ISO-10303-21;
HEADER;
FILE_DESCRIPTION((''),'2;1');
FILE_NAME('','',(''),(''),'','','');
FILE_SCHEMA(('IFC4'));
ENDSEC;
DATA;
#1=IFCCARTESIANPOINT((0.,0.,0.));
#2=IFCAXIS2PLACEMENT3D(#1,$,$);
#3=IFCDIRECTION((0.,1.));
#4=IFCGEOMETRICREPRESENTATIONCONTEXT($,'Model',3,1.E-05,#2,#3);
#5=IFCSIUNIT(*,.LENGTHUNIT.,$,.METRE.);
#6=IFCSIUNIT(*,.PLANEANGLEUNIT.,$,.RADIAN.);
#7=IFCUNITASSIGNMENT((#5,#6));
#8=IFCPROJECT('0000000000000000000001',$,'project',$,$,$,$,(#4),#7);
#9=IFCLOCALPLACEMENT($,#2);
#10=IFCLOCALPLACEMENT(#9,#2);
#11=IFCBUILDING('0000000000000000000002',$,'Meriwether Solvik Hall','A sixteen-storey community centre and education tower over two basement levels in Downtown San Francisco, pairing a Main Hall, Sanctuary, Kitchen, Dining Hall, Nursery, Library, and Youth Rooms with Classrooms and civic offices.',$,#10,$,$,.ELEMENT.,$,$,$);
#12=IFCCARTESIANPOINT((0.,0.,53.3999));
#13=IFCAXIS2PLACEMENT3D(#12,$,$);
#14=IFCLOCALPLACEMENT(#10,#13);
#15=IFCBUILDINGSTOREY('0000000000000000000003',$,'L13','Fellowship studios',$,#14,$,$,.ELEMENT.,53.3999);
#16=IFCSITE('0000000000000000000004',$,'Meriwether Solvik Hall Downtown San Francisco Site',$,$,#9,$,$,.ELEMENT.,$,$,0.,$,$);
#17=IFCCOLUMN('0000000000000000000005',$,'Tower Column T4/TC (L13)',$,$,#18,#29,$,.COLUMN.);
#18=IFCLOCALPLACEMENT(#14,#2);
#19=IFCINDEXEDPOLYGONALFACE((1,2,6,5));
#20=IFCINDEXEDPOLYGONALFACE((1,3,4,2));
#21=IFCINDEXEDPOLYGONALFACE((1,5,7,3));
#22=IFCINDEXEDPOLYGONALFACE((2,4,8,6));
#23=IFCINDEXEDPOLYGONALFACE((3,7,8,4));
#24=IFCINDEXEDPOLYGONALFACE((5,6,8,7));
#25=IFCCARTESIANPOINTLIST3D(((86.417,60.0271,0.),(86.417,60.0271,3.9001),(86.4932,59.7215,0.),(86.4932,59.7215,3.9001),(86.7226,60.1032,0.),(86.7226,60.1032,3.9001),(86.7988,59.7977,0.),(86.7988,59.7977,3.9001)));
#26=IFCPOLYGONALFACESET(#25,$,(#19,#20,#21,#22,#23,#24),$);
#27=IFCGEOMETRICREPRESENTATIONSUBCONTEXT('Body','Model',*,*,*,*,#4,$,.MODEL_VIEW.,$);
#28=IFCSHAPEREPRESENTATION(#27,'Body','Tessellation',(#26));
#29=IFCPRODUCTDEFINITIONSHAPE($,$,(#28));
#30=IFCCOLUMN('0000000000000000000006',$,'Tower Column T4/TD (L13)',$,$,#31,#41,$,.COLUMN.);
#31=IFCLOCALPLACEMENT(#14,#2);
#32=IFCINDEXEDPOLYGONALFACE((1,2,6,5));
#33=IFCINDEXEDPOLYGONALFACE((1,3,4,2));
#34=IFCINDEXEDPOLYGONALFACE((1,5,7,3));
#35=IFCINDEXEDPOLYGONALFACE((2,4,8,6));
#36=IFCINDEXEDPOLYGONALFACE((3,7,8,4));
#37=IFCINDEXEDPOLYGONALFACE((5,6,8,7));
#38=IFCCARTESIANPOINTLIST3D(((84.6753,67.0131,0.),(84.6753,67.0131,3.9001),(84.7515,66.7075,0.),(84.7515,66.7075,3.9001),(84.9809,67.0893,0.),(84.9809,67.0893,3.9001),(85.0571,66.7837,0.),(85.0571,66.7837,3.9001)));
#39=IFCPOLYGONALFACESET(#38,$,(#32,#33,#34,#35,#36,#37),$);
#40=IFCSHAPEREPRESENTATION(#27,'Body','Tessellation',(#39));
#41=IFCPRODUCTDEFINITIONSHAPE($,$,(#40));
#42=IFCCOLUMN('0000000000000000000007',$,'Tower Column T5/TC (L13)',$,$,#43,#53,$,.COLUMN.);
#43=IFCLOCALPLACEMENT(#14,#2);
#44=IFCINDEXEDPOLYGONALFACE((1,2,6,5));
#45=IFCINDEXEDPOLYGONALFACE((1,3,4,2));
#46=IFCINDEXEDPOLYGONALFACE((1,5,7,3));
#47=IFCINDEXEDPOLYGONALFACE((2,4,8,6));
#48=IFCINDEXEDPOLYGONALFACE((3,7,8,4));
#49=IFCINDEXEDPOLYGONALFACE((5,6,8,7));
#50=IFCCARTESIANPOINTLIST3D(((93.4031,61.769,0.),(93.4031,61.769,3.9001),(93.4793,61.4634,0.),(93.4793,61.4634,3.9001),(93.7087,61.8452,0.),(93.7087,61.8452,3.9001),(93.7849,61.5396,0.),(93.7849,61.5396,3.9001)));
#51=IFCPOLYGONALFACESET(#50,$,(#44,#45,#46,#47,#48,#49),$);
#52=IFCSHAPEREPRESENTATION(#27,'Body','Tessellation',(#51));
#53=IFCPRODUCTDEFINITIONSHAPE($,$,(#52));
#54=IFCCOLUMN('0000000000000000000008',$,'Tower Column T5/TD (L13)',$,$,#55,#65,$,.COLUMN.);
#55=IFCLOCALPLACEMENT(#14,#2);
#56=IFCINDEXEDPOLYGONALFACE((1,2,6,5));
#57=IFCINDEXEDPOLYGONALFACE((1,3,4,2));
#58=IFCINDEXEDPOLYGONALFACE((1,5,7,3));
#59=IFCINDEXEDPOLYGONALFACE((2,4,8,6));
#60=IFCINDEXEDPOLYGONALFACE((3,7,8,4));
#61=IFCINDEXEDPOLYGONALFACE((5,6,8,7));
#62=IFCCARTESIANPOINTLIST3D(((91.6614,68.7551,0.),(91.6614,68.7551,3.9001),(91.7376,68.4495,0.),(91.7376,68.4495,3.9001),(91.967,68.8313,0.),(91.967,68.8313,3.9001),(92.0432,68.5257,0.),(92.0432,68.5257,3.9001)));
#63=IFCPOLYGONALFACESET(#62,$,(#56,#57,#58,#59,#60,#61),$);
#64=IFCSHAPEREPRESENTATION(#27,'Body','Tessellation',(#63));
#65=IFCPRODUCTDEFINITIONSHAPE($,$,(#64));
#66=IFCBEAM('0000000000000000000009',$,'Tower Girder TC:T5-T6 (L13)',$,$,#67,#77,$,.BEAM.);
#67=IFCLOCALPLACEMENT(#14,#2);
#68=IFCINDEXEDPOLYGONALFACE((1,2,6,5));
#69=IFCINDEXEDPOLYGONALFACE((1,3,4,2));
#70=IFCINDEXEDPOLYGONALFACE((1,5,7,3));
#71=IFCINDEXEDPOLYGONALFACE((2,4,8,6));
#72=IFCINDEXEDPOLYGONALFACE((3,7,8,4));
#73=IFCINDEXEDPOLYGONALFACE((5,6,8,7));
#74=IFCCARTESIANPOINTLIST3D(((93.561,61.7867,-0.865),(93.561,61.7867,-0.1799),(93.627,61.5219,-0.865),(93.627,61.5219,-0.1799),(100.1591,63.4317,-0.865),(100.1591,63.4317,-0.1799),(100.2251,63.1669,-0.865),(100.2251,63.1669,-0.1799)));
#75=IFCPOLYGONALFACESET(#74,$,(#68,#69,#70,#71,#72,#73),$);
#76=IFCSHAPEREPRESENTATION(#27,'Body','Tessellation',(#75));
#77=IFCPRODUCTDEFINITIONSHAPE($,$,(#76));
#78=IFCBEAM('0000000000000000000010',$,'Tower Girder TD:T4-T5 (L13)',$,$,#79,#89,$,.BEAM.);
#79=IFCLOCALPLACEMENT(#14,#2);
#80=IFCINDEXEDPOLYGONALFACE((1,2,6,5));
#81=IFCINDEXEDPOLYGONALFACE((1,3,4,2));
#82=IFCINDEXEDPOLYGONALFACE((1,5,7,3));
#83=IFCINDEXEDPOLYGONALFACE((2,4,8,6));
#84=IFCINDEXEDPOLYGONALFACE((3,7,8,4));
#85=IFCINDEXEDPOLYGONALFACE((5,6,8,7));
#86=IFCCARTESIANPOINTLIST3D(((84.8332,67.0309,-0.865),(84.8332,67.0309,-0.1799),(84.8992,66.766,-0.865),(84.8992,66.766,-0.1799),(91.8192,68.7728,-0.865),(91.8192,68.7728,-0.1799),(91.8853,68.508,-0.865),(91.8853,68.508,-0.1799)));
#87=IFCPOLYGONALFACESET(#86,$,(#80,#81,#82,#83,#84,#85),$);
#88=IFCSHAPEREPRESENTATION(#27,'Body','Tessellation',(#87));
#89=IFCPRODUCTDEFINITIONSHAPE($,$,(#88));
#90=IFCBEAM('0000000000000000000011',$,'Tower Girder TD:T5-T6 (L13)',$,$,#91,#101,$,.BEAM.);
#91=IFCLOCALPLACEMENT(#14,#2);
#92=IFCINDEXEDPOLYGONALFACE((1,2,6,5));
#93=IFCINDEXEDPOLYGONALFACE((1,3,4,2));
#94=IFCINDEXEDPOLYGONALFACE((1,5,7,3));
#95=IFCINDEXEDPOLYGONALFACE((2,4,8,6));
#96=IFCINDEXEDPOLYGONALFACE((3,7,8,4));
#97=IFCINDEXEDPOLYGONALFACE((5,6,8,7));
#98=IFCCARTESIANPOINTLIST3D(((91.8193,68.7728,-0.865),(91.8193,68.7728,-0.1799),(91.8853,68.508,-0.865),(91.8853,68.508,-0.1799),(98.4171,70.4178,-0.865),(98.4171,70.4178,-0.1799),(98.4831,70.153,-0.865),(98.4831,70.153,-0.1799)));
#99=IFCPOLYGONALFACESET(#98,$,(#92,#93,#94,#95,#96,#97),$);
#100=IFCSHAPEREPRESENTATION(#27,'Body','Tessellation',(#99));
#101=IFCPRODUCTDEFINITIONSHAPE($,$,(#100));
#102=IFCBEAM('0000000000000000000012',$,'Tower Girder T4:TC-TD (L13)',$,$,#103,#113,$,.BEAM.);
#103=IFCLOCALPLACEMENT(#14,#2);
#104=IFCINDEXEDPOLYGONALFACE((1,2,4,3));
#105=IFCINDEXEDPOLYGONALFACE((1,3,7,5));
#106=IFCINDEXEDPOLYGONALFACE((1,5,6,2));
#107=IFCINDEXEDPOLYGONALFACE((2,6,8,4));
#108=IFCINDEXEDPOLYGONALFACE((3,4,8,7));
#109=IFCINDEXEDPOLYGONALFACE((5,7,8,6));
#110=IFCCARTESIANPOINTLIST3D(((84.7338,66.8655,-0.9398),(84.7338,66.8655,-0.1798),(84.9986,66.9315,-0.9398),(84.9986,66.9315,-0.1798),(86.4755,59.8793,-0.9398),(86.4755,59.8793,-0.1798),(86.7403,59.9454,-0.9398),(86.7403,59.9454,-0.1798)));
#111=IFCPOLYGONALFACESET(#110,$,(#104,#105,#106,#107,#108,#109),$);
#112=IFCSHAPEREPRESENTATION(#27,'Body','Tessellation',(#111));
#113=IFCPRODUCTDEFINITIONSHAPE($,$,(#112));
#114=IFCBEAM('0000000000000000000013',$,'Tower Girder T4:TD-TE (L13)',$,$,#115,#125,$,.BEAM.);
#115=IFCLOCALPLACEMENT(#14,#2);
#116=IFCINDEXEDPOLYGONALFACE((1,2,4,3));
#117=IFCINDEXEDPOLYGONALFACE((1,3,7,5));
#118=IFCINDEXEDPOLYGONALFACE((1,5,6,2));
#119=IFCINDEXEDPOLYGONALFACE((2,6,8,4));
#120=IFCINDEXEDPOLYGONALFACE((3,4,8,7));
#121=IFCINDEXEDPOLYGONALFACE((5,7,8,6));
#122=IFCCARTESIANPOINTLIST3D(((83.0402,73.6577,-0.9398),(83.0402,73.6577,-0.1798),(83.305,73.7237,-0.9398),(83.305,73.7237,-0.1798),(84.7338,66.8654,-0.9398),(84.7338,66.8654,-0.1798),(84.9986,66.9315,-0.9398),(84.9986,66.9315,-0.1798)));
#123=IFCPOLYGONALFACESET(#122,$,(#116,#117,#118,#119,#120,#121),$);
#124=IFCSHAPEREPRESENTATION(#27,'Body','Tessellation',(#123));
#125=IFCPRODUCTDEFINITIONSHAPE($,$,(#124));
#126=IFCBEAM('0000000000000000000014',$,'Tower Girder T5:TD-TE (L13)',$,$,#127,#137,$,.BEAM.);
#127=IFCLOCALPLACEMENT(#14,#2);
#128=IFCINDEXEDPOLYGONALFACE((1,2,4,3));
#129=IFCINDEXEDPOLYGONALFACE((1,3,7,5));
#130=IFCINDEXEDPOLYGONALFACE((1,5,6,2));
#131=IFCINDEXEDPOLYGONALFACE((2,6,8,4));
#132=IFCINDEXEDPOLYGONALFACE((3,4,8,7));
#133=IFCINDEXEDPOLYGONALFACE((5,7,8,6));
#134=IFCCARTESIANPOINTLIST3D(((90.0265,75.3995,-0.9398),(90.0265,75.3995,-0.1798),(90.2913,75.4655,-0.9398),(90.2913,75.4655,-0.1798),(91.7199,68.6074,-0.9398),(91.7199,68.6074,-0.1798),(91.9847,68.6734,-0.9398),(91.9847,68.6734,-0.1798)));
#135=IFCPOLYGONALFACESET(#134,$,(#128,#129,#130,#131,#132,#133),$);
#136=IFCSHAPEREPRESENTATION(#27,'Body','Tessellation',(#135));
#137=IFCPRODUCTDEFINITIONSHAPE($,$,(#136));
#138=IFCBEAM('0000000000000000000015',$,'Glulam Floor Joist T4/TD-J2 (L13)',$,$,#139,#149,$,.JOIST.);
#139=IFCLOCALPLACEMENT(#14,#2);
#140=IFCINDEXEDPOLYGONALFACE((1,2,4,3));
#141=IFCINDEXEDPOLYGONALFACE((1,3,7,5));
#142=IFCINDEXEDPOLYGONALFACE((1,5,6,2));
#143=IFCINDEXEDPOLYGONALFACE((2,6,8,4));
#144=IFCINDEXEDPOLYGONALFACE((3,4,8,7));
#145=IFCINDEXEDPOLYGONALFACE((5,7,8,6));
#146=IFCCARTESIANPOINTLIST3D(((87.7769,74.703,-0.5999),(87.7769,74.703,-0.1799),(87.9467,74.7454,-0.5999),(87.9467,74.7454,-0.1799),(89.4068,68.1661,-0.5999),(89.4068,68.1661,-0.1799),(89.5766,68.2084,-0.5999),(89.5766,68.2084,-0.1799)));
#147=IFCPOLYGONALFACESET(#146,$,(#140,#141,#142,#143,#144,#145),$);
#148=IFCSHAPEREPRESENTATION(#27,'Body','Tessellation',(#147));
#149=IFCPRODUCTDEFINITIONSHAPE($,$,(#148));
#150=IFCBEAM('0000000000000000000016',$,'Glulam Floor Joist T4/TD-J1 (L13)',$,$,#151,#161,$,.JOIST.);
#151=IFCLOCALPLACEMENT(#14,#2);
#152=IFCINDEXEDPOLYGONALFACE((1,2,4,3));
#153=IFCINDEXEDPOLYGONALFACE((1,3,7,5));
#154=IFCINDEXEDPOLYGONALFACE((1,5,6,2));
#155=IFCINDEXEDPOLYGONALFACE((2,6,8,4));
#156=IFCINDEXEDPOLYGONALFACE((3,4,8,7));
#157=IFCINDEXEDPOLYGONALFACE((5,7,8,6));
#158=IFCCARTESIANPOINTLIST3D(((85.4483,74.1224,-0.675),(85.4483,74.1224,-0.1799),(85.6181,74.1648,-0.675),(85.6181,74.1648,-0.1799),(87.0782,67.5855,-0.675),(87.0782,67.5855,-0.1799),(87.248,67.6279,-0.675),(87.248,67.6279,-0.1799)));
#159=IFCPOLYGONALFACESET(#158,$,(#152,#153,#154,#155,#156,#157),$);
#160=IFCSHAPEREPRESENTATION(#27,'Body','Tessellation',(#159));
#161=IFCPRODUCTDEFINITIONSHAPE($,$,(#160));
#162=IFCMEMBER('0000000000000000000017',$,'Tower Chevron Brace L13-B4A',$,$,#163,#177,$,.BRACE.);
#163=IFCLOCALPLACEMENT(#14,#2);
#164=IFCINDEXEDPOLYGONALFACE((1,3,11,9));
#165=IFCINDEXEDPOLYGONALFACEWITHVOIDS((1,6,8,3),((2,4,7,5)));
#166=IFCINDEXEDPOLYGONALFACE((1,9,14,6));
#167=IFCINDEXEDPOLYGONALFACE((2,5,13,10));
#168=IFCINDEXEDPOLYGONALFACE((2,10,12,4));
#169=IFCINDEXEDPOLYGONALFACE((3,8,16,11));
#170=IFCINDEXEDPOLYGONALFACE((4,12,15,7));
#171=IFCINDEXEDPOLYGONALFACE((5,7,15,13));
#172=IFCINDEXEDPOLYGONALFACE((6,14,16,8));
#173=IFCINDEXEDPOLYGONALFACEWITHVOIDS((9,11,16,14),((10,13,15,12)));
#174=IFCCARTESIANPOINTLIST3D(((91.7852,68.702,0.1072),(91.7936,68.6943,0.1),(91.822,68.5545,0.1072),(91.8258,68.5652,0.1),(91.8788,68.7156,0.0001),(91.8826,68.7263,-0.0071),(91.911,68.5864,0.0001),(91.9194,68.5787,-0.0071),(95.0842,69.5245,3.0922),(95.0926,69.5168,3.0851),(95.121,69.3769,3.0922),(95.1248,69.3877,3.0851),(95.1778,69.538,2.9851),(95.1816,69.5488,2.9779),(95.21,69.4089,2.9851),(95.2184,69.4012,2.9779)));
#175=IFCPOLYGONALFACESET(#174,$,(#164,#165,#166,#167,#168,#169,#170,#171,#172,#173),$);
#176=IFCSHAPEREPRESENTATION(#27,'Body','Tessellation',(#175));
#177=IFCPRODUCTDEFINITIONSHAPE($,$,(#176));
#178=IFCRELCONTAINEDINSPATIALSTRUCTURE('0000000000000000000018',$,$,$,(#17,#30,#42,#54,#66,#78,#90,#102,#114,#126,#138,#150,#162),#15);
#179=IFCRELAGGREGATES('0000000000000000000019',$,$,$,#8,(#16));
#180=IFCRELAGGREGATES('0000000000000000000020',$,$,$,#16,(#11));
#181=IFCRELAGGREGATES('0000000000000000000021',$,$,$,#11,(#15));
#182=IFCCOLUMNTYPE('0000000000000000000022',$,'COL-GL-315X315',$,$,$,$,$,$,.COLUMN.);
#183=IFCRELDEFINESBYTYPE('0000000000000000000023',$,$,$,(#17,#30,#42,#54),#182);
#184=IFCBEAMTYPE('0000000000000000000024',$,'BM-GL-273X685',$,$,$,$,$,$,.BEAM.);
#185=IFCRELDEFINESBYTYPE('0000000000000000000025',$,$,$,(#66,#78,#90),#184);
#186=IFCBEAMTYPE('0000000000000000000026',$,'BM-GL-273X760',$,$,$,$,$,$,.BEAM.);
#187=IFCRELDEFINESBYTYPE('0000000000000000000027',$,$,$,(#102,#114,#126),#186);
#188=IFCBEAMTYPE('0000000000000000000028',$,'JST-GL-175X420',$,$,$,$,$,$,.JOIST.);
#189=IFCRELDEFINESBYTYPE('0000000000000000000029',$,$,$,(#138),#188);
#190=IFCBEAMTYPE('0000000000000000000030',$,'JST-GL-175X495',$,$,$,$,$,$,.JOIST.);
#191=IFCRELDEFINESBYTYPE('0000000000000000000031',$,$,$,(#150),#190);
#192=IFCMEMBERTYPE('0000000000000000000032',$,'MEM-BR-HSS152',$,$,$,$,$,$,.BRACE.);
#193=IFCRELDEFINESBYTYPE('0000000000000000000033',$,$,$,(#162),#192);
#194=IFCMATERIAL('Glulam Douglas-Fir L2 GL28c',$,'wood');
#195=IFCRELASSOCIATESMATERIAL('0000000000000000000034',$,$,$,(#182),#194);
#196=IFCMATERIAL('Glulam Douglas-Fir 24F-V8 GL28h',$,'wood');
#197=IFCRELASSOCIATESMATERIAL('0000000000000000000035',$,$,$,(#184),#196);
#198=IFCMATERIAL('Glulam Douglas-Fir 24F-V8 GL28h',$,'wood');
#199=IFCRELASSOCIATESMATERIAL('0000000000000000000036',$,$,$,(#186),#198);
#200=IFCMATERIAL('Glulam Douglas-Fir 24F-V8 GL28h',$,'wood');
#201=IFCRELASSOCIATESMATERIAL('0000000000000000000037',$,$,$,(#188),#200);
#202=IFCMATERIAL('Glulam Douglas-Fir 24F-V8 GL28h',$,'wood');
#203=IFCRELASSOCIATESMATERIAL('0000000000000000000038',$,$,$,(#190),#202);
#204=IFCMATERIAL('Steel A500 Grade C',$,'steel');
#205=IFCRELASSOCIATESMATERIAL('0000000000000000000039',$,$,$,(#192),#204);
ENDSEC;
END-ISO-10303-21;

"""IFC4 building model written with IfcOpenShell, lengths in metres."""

from ifc_helpers import new_model, si_unit, direction, frame, origin, origin_2d, place, context, subcontext, project, spatial, rectangle, hollow_rectangle, extrude, material, material_profile, profile_set, type_object, element, save


model = new_model("IFC4")

# Units and contexts
model_context = context("Model", 3, precision=1e-05, world=origin(), true_north=direction((0.0, 1.0)))
body_context = subcontext(model_context, "Body", "Model", "MODEL_VIEW")
ifc_project = project(units=[si_unit("LENGTHUNIT", "METRE"), si_unit("PLANEANGLEUNIT", "RADIAN")], contexts=[model_context])

# Site, building, storey
site_placement = place(None, origin())
site = spatial("IfcSite", under=ifc_project, at=site_placement, Name="Meriwether Solvik Hall Downtown San Francisco Site", CompositionType="ELEMENT", RefElevation=0.0)
building_placement = place(site_placement, origin())
building = spatial("IfcBuilding", under=site, at=building_placement, Name="Meriwether Solvik Hall", Description="A sixteen-storey community centre and education tower over two basement levels in Downtown San Francisco, pairing a Main Hall, Sanctuary, Kitchen, Dining Hall, Nursery, Library, and Youth Rooms with Classrooms and civic offices.", CompositionType="ELEMENT")
storey_placement = place(building_placement, frame((0.0, 0.0, 53.3999)))
storey = spatial("IfcBuildingStorey", under=building, at=storey_placement, Name="L13", Description="Fellowship studios", CompositionType="ELEMENT", Elevation=53.3999)

# Columns
ifc_material_1 = material(Name="Glulam Douglas-Fir L2 GL28c", Category="wood")
ifc_material_profile_1 = material_profile(ifc_material_1, rectangle(XDim=0.3149, YDim=0.3149, at=origin_2d()), Name="GLC-315X315")
ifc_profile_set_1 = profile_set([ifc_material_profile_1], Name="Glulam Douglas-Fir L2 GL28c")
column_type = type_object("IfcColumnType", Name="COL-GL-315X315", PredefinedType="COLUMN", material=ifc_profile_set_1)
for number, where, z_axis, x_axis, name in (
    (1, (86.6079, 59.9124, 0.0), (0.0, 0.0, 1.0), (0.970296, 0.241922, 0.0), "Tower Column T4/TC (L13)"),
    (2, (84.8662, 66.8984, 0.0), (0.0, 0.0, 1.0), (0.970296, 0.241922, 0.0), "Tower Column T4/TD (L13)"),
    (3, (93.594, 61.6543, 0.0), (0.0, 0.0, 1.0), (0.970296, 0.241922, 0.0), "Tower Column T5/TC (L13)"),
    (4, (91.8523, 68.6404, 0.0), (0.0, 0.0, 1.0), (0.970296, 0.241922, 0.0), "Tower Column T5/TD (L13)"),
):
    element("IfcColumn", number, at=place(storey_placement, frame(where, z_axis=z_axis, x_axis=x_axis)), inside=storey, type_object=column_type, Name=name, PredefinedType="COLUMN", context=body_context, shape_type="SweptSolid", body=[
        extrude(rectangle(XDim=0.3149, YDim=0.3149, at=origin_2d()), origin(), (0.0, 0.0, 1.0), 3.9001),
    ])

# Beams
ifc_material_2 = material(Name="Glulam Douglas-Fir 24F-V8 GL28h", Category="wood")
ifc_material_profile_2 = material_profile(ifc_material_2, rectangle(XDim=0.2729, YDim=0.6851, at=origin_2d()), Name="GLB-273X685")
ifc_profile_set_2 = profile_set([ifc_material_profile_2], Name="Glulam Douglas-Fir 24F-V8 GL28h")
beam_type_1 = type_object("IfcBeamType", Name="BM-GL-273X685", PredefinedType="BEAM", material=ifc_profile_set_2)
beam_1_placement = place(storey_placement, frame((93.594, 61.6543, -0.5225), z_axis=(0.970299, 0.24191, 0.0), x_axis=(-0.24191, 0.970299, 0.0)))
element("IfcBeam", 5, at=beam_1_placement, inside=storey, type_object=beam_type_1, Name="Tower Girder TC:T5-T6 (L13)", PredefinedType="BEAM", context=body_context, shape_type="SweptSolid", body=[
    extrude(rectangle(XDim=0.2729, YDim=0.6851, at=origin_2d()), origin(), (0.0, 0.0, 1.0), 6.8),
])
beam_2_placement = place(storey_placement, frame((84.8662, 66.8984, -0.5225), z_axis=(0.970292, 0.241937, 0.0), x_axis=(-0.241937, 0.970292, 0.0)))
element("IfcBeam", 6, at=beam_2_placement, inside=storey, type_object=beam_type_1, Name="Tower Girder TD:T4-T5 (L13)", PredefinedType="BEAM", context=body_context, shape_type="SweptSolid", body=[
    extrude(rectangle(XDim=0.2729, YDim=0.6851, at=origin_2d()), origin(), (0.0, 0.0, 1.0), 7.2),
])
beam_3_placement = place(storey_placement, frame((91.8523, 68.6404, -0.5225), z_axis=(0.970296, 0.241919, 0.0), x_axis=(-0.241919, 0.970296, 0.0)))
element("IfcBeam", 7, at=beam_3_placement, inside=storey, type_object=beam_type_1, Name="Tower Girder TD:T5-T6 (L13)", PredefinedType="BEAM", context=body_context, shape_type="SweptSolid", body=[
    extrude(rectangle(XDim=0.2729, YDim=0.6851, at=origin_2d()), origin(), (0.0, 0.0, 1.0), 6.7998),
])
ifc_material_3 = material(Name="Glulam Douglas-Fir 24F-V8 GL28h", Category="wood")
ifc_material_profile_3 = material_profile(ifc_material_3, rectangle(XDim=0.2729, YDim=0.76, at=origin_2d()), Name="GLB-273X760")
ifc_profile_set_3 = profile_set([ifc_material_profile_3], Name="Glulam Douglas-Fir 24F-V8 GL28h")
beam_type_2 = type_object("IfcBeamType", Name="BM-GL-273X760", PredefinedType="BEAM", material=ifc_profile_set_3)
beam_4_placement = place(storey_placement, frame((86.6079, 59.9124, -0.5598), z_axis=(-0.241905, 0.9703, 0.0), x_axis=(-0.9703, -0.241905, 0.0)))
element("IfcBeam", 8, at=beam_4_placement, inside=storey, type_object=beam_type_2, Name="Tower Girder T4:TC-TD (L13)", PredefinedType="BEAM", context=body_context, shape_type="SweptSolid", body=[
    extrude(rectangle(XDim=0.2729, YDim=0.76, at=origin_2d()), origin(), (0.0, 0.0, 1.0), 7.2),
])
beam_5_placement = place(storey_placement, frame((84.8662, 66.8984, -0.5598), z_axis=(-0.241937, 0.970292, 0.0), x_axis=(-0.970292, -0.241937, 0.0)))
element("IfcBeam", 9, at=beam_5_placement, inside=storey, type_object=beam_type_2, Name="Tower Girder T4:TD-TE (L13)", PredefinedType="BEAM", context=body_context, shape_type="SweptSolid", body=[
    extrude(rectangle(XDim=0.2729, YDim=0.76, at=origin_2d()), origin(), (0.0, 0.0, 1.0), 7.0002),
])
beam_6_placement = place(storey_placement, frame((91.8523, 68.6404, -0.5598), z_axis=(-0.241912, 0.970298, 0.0), x_axis=(-0.970298, -0.241912, 0.0)))
element("IfcBeam", 10, at=beam_6_placement, inside=storey, type_object=beam_type_2, Name="Tower Girder T5:TD-TE (L13)", PredefinedType="BEAM", context=body_context, shape_type="SweptSolid", body=[
    extrude(rectangle(XDim=0.2729, YDim=0.76, at=origin_2d()), origin(), (0.0, 0.0, 1.0), 7.0),
])
ifc_material_4 = material(Name="Glulam Douglas-Fir 24F-V8 GL28h", Category="wood")
ifc_material_profile_4 = material_profile(ifc_material_4, rectangle(XDim=0.175, YDim=0.4199, at=origin_2d()), Name="GLJ-175X420")
ifc_profile_set_4 = profile_set([ifc_material_profile_4], Name="Glulam Douglas-Fir 24F-V8 GL28h")
beam_type_3 = type_object("IfcBeamType", Name="JST-GL-175X420", PredefinedType="JOIST", material=ifc_profile_set_4)
beam_7_placement = place(storey_placement, frame((89.4917, 68.1873, -0.3899), z_axis=(-0.24193, 0.970294, 0.0), x_axis=(-0.970294, -0.24193, 0.0)))
element("IfcBeam", 11, at=beam_7_placement, inside=storey, type_object=beam_type_3, Name="Glulam Floor Joist T4/TD-J2 (L13)", PredefinedType="JOIST", context=body_context, shape_type="SweptSolid", body=[
    extrude(rectangle(XDim=0.175, YDim=0.4199, at=origin_2d()), origin(), (0.0, 0.0, 1.0), 6.7371),
])
ifc_material_5 = material(Name="Glulam Douglas-Fir 24F-V8 GL28h", Category="wood")
ifc_material_profile_5 = material_profile(ifc_material_5, rectangle(XDim=0.175, YDim=0.4951, at=origin_2d()), Name="GLJ-175X495")
ifc_profile_set_5 = profile_set([ifc_material_profile_5], Name="Glulam Douglas-Fir 24F-V8 GL28h")
beam_type_4 = type_object("IfcBeamType", Name="JST-GL-175X495", PredefinedType="JOIST", material=ifc_profile_set_5)
beam_8_placement = place(storey_placement, frame((87.1631, 67.6067, -0.4275), z_axis=(-0.24193, 0.970294, 0.0), x_axis=(-0.970294, -0.24193, 0.0)))
element("IfcBeam", 12, at=beam_8_placement, inside=storey, type_object=beam_type_4, Name="Glulam Floor Joist T4/TD-J1 (L13)", PredefinedType="JOIST", context=body_context, shape_type="SweptSolid", body=[
    extrude(rectangle(XDim=0.175, YDim=0.4951, at=origin_2d()), origin(), (0.0, 0.0, 1.0), 6.7371),
])

# Member
ifc_material_6 = material(Name="Steel A500 Grade C", Category="steel")
ifc_material_profile_6 = material_profile(ifc_material_6, hollow_rectangle(XDim=0.1521, YDim=0.1521, WallThickness=0.0095, at=origin_2d()), Name="HSS152X152X9.5")
ifc_profile_set_6 = profile_set([ifc_material_profile_6], Name="Steel A500 Grade C")
member_type = type_object("IfcMemberType", Name="MEM-BR-HSS152", PredefinedType="BRACE", material=ifc_profile_set_6)
member_placement = place(storey_placement, frame((91.8523, 68.6404, 0.05), z_axis=(0.729154, 0.181789, 0.659762), x_axis=(-0.24191, 0.970299, 0.0)))
element("IfcMember", 13, at=member_placement, inside=storey, type_object=member_type, Name="Tower Chevron Brace L13-B4A", PredefinedType="BRACE", context=body_context, shape_type="SweptSolid", body=[
    extrude(hollow_rectangle(XDim=0.1521, YDim=0.1521, WallThickness=0.0095, at=origin_2d()), origin(), (0.0, 0.0, 1.0), 4.5244),
])

save(model, "model.ifc")
